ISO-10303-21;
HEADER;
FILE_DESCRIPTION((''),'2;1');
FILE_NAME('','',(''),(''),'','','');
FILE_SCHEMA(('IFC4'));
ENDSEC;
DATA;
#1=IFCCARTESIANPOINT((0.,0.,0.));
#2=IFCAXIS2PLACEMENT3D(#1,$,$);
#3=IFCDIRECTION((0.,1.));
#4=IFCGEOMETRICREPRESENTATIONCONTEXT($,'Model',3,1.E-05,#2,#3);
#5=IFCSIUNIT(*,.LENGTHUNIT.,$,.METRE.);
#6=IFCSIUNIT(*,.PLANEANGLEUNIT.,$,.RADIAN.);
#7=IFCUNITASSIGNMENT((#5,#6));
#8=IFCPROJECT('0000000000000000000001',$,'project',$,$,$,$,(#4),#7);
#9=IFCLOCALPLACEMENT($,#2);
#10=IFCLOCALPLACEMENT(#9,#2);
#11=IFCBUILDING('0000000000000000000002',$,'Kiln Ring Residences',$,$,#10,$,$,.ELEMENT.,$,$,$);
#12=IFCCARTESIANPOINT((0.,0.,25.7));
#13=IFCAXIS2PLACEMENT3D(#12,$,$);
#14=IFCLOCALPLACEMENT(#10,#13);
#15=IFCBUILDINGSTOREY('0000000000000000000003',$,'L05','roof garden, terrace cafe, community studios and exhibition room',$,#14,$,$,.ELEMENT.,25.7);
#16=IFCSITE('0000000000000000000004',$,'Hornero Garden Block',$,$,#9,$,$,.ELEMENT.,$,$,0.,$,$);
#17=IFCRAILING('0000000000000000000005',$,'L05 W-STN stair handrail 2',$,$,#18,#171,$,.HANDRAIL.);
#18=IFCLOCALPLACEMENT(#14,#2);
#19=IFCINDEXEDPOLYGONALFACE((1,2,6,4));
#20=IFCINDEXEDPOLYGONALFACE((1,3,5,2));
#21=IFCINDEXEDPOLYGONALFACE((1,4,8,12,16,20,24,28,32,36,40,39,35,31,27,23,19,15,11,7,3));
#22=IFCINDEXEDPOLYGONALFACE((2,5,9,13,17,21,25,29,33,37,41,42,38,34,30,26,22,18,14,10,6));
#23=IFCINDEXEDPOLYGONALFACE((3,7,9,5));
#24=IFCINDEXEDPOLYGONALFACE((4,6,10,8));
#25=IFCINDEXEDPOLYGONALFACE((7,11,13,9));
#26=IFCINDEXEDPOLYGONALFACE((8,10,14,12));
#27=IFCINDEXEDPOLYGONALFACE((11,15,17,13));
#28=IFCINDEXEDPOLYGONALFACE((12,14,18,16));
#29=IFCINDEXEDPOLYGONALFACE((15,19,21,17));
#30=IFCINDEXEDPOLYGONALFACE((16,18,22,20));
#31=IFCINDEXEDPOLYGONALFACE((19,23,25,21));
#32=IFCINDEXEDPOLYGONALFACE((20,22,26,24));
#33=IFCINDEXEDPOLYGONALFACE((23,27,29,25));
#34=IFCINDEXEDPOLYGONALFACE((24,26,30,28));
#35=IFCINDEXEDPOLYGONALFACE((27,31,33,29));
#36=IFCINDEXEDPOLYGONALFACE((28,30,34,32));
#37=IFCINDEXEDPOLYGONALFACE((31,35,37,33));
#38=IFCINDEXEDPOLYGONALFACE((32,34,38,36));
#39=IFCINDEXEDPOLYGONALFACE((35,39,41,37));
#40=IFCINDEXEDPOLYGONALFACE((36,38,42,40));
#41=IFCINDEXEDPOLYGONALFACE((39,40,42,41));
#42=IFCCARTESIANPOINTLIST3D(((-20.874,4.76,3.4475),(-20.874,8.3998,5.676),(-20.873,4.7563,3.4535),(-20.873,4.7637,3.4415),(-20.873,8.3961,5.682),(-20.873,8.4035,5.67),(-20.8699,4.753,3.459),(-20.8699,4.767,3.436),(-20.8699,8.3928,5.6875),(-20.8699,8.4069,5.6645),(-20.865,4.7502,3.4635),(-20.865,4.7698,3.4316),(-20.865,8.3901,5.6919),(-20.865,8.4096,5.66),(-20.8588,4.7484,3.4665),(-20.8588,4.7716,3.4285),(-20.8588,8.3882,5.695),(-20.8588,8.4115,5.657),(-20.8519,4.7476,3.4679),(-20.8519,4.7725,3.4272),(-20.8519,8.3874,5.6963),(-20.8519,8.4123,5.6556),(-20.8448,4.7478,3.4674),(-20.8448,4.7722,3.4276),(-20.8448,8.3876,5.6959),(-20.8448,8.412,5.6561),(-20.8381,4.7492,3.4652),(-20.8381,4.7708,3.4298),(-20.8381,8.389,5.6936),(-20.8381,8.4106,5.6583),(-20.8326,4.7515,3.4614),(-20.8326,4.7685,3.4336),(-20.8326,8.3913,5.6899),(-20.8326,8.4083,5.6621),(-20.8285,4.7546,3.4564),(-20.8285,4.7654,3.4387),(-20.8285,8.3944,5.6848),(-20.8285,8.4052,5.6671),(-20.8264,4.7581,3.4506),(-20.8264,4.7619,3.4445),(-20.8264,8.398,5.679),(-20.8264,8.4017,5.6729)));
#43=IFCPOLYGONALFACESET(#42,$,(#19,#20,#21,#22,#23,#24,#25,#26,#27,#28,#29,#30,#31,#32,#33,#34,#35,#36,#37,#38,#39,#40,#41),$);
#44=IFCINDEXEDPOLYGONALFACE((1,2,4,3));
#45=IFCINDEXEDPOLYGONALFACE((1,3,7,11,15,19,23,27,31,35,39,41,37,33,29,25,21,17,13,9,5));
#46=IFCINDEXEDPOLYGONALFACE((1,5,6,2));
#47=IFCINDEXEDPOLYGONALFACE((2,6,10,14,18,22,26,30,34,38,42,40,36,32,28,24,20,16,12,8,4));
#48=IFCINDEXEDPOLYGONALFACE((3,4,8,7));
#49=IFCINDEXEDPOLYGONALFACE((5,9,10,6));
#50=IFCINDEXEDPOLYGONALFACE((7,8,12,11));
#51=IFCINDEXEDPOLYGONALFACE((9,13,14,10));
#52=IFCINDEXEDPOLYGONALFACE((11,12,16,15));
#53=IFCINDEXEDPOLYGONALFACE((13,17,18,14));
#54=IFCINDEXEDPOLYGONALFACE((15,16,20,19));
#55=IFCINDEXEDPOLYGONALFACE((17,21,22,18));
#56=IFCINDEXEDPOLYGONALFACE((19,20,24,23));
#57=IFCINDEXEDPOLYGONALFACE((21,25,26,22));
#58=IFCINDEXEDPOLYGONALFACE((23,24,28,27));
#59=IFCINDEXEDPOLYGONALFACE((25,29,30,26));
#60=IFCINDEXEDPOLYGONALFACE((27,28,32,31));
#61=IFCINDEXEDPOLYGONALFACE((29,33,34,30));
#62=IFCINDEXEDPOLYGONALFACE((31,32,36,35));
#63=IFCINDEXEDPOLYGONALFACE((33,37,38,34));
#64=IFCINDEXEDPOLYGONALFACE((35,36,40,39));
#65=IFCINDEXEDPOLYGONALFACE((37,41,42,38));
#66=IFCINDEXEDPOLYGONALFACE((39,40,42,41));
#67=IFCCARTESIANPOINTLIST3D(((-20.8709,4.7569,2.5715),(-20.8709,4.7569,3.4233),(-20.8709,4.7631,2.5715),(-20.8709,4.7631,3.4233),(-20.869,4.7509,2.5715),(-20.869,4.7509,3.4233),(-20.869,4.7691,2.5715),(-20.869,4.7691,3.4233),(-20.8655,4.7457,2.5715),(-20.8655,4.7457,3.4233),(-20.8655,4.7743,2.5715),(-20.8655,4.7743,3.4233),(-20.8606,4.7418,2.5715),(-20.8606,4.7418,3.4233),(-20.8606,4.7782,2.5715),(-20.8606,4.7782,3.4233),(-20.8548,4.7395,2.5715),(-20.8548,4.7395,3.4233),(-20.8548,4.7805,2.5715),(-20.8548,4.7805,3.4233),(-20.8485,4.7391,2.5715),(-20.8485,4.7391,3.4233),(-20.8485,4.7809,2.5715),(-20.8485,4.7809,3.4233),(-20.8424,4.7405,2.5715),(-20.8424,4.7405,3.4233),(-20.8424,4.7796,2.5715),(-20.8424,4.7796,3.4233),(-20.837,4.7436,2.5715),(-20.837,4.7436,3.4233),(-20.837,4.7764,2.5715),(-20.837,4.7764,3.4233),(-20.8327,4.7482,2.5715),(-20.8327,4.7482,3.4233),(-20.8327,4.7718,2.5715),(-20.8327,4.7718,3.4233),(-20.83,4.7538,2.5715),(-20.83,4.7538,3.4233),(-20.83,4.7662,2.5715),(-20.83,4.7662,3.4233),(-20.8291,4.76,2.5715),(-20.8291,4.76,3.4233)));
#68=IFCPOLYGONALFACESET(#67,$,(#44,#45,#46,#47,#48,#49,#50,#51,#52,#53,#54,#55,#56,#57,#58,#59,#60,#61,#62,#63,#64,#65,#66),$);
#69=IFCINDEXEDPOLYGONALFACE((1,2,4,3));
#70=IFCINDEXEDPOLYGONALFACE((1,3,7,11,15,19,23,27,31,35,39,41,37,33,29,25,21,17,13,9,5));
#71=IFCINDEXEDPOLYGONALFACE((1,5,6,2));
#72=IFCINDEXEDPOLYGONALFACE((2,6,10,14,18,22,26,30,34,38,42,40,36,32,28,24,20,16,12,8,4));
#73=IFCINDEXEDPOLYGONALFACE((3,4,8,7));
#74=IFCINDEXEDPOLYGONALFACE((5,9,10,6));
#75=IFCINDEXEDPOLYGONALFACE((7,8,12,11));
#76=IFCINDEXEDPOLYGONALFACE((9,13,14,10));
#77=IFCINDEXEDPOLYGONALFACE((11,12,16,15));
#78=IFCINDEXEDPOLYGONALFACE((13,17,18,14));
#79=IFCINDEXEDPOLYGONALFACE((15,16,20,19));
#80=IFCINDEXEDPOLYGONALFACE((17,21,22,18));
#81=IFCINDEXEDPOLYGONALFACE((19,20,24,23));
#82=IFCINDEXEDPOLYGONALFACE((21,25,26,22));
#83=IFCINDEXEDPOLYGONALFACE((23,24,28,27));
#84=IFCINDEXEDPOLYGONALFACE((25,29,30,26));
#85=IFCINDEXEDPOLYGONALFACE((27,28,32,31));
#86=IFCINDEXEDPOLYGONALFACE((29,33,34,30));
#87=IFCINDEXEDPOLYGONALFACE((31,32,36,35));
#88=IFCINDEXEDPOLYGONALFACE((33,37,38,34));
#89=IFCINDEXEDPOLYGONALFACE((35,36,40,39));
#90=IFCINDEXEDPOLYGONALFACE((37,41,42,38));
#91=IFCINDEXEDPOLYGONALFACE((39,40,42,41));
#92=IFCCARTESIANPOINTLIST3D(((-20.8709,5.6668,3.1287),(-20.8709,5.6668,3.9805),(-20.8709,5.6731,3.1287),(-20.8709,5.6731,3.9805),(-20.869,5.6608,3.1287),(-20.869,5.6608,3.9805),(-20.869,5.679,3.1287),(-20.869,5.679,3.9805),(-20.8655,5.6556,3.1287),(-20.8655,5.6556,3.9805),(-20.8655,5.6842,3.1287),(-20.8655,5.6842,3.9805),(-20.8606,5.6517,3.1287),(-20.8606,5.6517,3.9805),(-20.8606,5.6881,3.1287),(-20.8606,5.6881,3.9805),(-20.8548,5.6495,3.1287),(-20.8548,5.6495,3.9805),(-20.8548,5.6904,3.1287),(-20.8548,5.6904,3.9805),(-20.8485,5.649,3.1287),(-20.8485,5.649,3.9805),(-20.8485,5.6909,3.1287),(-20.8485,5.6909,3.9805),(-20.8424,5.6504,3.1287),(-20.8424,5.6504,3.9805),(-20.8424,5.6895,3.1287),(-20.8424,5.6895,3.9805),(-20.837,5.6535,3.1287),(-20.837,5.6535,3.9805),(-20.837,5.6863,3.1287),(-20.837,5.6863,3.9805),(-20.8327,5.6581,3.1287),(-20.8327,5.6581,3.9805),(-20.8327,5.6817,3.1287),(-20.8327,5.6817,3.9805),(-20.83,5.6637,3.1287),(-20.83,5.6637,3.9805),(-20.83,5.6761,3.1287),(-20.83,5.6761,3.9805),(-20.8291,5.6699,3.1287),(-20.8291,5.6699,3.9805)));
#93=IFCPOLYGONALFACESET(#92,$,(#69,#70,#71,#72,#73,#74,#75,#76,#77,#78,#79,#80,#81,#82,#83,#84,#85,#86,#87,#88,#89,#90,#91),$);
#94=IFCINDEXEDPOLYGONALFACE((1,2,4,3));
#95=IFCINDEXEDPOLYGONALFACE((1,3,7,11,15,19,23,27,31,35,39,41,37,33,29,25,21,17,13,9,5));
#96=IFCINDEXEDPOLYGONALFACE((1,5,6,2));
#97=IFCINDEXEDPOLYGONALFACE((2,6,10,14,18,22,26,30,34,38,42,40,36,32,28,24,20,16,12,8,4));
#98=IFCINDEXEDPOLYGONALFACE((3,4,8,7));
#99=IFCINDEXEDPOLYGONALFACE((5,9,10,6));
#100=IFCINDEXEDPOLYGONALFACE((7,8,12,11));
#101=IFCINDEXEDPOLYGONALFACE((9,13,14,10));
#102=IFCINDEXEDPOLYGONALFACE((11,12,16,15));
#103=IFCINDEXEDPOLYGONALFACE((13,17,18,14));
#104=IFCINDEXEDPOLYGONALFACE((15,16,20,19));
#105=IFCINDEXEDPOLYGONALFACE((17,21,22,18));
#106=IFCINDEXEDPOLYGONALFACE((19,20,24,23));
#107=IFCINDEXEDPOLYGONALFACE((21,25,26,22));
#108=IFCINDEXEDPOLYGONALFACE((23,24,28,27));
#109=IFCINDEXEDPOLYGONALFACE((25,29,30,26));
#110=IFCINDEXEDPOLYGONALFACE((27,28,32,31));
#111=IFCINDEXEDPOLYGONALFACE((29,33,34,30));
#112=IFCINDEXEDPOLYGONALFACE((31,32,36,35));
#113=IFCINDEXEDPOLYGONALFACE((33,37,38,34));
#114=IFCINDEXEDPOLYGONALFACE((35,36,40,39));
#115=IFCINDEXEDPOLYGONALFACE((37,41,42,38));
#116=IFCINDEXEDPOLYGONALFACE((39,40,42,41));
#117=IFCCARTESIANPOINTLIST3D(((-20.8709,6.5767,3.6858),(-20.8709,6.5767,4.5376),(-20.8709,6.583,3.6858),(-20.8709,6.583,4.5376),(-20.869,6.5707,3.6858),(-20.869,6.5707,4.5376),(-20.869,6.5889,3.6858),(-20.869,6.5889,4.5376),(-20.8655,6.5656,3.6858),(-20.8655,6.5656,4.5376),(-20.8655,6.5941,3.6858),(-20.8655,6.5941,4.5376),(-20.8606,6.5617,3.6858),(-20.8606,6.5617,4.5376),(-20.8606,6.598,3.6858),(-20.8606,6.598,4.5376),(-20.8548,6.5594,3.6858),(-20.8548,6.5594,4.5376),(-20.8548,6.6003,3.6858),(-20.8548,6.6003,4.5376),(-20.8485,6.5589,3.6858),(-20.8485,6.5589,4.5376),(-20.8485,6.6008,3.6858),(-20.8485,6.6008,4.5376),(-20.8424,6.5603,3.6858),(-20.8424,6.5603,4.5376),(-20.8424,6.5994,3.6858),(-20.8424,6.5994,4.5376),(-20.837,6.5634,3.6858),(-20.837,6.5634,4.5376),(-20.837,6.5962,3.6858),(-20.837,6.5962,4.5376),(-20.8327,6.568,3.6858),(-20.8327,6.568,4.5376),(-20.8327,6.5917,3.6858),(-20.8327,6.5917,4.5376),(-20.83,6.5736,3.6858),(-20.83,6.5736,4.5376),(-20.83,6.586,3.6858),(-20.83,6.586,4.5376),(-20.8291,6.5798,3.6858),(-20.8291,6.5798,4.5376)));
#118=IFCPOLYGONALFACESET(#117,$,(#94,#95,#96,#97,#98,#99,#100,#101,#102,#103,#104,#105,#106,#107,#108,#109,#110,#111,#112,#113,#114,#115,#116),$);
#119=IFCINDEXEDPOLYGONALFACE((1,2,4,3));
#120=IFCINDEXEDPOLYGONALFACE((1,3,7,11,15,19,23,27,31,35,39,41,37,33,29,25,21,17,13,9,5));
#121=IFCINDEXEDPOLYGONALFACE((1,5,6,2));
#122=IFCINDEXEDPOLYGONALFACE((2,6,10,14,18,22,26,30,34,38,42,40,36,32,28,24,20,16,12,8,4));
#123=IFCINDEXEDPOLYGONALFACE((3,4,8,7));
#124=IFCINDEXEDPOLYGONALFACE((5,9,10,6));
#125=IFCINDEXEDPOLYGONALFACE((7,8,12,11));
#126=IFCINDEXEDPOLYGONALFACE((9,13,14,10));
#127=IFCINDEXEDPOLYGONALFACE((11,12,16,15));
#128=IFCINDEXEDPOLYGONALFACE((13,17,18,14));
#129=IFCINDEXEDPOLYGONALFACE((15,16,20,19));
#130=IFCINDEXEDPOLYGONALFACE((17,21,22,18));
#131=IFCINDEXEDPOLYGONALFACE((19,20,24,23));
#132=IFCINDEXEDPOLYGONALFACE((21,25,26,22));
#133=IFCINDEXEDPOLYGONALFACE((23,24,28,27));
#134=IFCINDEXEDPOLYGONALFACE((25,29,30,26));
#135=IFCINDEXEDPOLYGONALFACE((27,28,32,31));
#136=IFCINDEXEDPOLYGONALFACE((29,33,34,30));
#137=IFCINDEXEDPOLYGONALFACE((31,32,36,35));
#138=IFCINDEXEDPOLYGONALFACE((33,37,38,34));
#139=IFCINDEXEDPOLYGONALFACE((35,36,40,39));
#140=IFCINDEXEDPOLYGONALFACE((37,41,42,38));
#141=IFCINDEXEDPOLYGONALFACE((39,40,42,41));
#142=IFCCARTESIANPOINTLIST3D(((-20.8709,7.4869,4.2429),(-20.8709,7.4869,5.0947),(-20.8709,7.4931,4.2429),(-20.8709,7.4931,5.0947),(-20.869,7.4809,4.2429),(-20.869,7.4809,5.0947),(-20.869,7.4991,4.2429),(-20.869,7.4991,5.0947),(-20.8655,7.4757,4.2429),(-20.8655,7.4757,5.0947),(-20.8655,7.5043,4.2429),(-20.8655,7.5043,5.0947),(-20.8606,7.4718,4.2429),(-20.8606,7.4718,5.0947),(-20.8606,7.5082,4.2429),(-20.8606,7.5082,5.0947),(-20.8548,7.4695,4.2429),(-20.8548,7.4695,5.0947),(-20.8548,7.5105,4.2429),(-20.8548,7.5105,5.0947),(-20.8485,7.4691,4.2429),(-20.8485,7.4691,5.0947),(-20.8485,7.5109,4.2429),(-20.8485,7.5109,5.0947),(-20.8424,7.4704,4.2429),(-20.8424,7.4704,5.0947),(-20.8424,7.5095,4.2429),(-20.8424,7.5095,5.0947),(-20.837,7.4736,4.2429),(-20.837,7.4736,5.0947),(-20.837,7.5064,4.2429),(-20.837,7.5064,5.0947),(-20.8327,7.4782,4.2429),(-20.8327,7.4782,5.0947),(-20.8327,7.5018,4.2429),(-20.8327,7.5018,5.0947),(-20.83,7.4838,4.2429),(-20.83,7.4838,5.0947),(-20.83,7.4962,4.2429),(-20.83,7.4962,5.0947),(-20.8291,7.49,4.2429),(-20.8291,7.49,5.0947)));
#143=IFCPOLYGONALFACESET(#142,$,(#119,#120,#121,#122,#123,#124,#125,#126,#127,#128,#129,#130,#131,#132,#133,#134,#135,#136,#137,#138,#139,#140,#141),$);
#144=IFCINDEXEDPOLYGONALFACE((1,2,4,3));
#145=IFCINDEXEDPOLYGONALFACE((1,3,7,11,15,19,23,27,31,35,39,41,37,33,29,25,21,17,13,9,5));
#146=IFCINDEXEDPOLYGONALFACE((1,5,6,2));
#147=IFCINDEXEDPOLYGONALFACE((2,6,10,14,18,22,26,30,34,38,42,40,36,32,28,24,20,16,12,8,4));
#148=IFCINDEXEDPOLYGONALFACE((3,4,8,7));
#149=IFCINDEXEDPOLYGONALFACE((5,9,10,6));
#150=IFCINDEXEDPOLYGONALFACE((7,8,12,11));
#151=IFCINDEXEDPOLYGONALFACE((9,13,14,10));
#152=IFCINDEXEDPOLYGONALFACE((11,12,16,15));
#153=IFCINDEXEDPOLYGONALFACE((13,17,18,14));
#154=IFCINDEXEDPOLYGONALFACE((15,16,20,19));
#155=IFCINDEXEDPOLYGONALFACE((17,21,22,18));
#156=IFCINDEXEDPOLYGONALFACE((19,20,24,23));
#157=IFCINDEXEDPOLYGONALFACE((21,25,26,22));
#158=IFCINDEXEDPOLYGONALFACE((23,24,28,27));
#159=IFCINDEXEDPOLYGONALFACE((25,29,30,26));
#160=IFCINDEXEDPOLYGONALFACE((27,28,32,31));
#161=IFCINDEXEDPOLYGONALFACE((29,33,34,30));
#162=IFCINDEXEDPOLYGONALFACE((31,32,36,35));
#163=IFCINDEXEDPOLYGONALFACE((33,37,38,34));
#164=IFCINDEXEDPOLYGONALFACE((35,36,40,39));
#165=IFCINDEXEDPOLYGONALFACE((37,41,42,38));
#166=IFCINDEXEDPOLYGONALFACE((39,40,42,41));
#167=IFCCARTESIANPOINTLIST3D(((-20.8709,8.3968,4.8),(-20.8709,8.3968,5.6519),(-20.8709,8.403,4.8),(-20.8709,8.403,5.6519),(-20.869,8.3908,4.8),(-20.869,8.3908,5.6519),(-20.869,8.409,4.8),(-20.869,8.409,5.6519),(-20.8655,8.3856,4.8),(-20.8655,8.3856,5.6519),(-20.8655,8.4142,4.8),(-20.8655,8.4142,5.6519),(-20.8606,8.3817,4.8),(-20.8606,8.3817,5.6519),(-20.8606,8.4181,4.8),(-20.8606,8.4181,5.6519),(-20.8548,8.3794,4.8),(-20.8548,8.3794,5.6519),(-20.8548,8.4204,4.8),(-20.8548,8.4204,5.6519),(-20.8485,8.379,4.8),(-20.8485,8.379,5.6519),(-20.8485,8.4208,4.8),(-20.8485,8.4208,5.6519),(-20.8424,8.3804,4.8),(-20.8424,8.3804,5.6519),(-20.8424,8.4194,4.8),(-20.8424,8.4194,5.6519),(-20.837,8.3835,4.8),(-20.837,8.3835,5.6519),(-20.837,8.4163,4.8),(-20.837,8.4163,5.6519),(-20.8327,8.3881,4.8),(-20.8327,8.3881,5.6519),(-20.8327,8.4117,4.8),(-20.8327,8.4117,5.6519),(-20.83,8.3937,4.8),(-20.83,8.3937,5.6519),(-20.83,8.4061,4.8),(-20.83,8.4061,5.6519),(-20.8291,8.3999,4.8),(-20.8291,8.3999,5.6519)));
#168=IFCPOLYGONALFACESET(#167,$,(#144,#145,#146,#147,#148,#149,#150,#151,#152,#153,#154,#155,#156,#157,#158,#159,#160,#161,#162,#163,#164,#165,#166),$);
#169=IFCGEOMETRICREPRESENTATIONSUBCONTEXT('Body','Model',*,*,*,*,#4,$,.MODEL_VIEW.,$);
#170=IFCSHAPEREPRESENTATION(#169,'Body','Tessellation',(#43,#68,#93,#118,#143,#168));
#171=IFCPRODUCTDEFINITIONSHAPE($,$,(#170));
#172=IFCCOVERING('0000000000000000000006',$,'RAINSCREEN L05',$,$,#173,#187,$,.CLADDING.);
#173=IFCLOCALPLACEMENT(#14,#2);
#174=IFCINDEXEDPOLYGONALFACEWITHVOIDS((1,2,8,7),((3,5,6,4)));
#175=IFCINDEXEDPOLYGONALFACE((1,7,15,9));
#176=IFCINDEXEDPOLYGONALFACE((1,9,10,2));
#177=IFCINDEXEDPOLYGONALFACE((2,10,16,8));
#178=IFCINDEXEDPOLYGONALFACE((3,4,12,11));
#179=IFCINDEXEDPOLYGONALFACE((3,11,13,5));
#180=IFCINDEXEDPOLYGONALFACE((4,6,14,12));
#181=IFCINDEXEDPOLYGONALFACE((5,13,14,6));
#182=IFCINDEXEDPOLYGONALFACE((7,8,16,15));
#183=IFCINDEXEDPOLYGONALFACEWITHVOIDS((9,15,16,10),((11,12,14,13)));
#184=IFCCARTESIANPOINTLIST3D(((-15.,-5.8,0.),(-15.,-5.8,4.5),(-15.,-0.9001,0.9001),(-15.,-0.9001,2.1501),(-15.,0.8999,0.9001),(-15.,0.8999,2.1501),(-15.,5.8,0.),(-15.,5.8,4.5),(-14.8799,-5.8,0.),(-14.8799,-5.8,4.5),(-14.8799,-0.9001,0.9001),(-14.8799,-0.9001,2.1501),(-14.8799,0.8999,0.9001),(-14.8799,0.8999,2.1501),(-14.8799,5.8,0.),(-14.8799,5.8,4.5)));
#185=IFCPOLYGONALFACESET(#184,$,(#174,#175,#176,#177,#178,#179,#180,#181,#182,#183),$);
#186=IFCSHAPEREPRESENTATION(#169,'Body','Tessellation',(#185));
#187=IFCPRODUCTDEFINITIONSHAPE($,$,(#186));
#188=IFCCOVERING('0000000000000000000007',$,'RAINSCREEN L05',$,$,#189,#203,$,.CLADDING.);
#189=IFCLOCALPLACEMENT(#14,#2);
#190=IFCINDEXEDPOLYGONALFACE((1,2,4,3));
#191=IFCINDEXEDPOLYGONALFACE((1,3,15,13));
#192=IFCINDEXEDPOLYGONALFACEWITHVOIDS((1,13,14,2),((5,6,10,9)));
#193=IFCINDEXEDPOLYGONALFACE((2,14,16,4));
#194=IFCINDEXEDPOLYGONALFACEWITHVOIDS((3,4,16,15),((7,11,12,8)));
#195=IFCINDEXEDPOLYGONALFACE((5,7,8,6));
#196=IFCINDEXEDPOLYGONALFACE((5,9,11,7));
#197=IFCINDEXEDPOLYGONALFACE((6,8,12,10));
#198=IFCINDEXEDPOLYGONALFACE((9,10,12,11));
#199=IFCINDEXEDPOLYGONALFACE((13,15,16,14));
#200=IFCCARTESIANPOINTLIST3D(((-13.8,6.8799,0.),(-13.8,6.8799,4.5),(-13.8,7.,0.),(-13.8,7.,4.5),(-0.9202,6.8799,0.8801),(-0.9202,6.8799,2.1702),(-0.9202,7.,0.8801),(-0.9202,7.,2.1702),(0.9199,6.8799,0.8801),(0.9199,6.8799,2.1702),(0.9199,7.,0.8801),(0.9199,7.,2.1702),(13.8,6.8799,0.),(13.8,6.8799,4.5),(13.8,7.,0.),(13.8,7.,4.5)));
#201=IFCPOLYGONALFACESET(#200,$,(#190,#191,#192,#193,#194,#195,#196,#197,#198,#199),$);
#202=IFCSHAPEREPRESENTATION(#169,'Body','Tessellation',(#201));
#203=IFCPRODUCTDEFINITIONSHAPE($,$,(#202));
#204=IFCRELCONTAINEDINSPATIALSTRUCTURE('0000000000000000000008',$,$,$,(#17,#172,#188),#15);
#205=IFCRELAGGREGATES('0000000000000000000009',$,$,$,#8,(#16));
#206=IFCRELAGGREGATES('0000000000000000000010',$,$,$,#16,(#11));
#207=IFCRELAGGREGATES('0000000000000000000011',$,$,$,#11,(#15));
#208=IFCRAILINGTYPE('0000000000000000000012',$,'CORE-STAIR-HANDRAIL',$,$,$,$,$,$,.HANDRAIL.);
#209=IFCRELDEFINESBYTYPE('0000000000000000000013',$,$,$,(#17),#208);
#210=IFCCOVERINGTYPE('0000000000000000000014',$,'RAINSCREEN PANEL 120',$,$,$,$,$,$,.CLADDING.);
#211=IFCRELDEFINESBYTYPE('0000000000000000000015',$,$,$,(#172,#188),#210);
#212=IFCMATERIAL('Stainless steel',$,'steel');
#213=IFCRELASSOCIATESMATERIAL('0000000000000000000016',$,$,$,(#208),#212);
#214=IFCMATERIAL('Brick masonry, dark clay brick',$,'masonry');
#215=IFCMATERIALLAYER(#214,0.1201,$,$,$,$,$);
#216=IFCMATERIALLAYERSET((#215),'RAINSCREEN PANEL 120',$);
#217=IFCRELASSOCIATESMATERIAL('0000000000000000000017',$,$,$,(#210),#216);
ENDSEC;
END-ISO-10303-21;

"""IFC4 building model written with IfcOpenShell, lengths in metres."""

from ifc_helpers import new_model, si_unit, direction, frame, origin, origin_2d, place, context, subcontext, project, spatial, polyline, circle, outline, extrude, material, layer, layer_set, type_object, element, save


model = new_model("IFC4")

# Units and contexts
model_context = context("Model", 3, precision=1e-05, world=origin(), true_north=direction((0.0, 1.0)))
body_context = subcontext(model_context, "Body", "Model", "MODEL_VIEW")
ifc_project = project(units=[si_unit("LENGTHUNIT", "METRE"), si_unit("PLANEANGLEUNIT", "RADIAN")], contexts=[model_context])

# Site, building, storey
site_placement = place(None, origin())
site = spatial("IfcSite", under=ifc_project, at=site_placement, Name="Hornero Garden Block", CompositionType="ELEMENT", RefElevation=0.0)
building_placement = place(site_placement, origin())
building = spatial("IfcBuilding", under=site, at=building_placement, Name="Kiln Ring Residences", CompositionType="ELEMENT")
storey_placement = place(building_placement, frame((0.0, 0.0, 25.7)))
storey = spatial("IfcBuildingStorey", under=building, at=storey_placement, Name="L05", Description="roof garden, terrace cafe, community studios and exhibition room", CompositionType="ELEMENT", Elevation=25.7)

# Railing
ifc_material_1 = material(Name="Stainless steel", Category="steel")
railing_type = type_object("IfcRailingType", Name="CORE-STAIR-HANDRAIL", PredefinedType="HANDRAIL", material=ifc_material_1)
railing_placement = place(storey_placement, frame((-20.8501, 4.76, 2.5715)))
element("IfcRailing", 1, at=railing_placement, inside=storey, type_object=railing_type, Name="L05 W-STN stair handrail 2", PredefinedType="HANDRAIL", context=body_context, shape_type="SweptSolid", body=[
    extrude(circle(Radius=0.0239, at=origin_2d()), frame((0.0, 0.0, 0.876), z_axis=(0.0, 0.85285, 0.522156), x_axis=(-1.0, 0.0, 0.0)), (0.0, 0.0, 1.0), 4.2678),
    extrude(circle(Radius=0.021, at=origin_2d()), origin(), (0.0, 0.0, 1.0), 0.8518),
    extrude(circle(Radius=0.021, at=origin_2d()), frame((0.0, 0.9099, 0.5571)), (0.0, 0.0, 1.0), 0.8518),
    extrude(circle(Radius=0.021, at=origin_2d()), frame((0.0, 1.8198, 1.1143)), (0.0, 0.0, 1.0), 0.8518),
    extrude(circle(Radius=0.021, at=origin_2d()), frame((0.0, 2.73, 1.6714)), (0.0, 0.0, 1.0), 0.8518),
    extrude(circle(Radius=0.021, at=origin_2d()), frame((0.0, 3.6399, 2.2285)), (0.0, 0.0, 1.0), 0.8518),
])

# Coverings
ifc_material_2 = material(Name="Brick masonry, dark clay brick", Category="masonry")
ifc_layer_1 = layer(ifc_material_2, 0.1201)
ifc_layer_set_1 = layer_set([ifc_layer_1], Name="RAINSCREEN PANEL 120")
covering_type_1 = type_object("IfcCoveringType", Name="RAINSCREEN PANEL 120", PredefinedType="CLADDING", material=ifc_layer_set_1)
covering_1_placement = place(storey_placement, frame((-14.9399, -5.8, 0.0), z_axis=(0.0, 0.0, 1.0), x_axis=(0.0, 1.0, 0.0)))
element("IfcCovering", 2, at=covering_1_placement, inside=storey, type_object=covering_type_1, Name="RAINSCREEN L05", PredefinedType="CLADDING", context=body_context, shape_type="SweptSolid", body=[
    extrude(outline(polyline([(0.0, 0.0), (11.6001, 0.0), (11.6001, 4.5), (0.0, 4.5), (0.0, 0.0)]), holes=[polyline([(4.8999, 2.1501), (4.8999, 0.9001), (6.7, 0.9001), (6.7, 2.1501), (4.8999, 2.1501)])]), frame((0.0, 0.0601, 0.0), z_axis=(0.0, -1.0, 0.0), x_axis=(1.0, 0.0, 0.0)), (0.0, 0.0, 1.0), 0.1201),
])
covering_2_placement = place(storey_placement, frame((-13.8, 6.9399, 0.0), z_axis=(0.0, 0.0, 1.0), x_axis=(1.0, 0.0, 0.0)))
element("IfcCovering", 3, at=covering_2_placement, inside=storey, type_object=covering_type_1, Name="RAINSCREEN L05", PredefinedType="CLADDING", context=body_context, shape_type="SweptSolid", body=[
    extrude(outline(polyline([(0.0, 0.0), (27.6001, 0.0), (27.6001, 4.5), (0.0, 4.5), (0.0, 0.0)]), holes=[polyline([(12.8799, 2.1702), (12.8799, 0.8801), (14.72, 0.8801), (14.72, 2.1702), (12.8799, 2.1702)])]), frame((0.0, 0.0601, 0.0), z_axis=(0.0, -1.0, 0.0), x_axis=(1.0, 0.0, 0.0)), (0.0, 0.0, 1.0), 0.1201),
])

save(model, "model.ifc")
